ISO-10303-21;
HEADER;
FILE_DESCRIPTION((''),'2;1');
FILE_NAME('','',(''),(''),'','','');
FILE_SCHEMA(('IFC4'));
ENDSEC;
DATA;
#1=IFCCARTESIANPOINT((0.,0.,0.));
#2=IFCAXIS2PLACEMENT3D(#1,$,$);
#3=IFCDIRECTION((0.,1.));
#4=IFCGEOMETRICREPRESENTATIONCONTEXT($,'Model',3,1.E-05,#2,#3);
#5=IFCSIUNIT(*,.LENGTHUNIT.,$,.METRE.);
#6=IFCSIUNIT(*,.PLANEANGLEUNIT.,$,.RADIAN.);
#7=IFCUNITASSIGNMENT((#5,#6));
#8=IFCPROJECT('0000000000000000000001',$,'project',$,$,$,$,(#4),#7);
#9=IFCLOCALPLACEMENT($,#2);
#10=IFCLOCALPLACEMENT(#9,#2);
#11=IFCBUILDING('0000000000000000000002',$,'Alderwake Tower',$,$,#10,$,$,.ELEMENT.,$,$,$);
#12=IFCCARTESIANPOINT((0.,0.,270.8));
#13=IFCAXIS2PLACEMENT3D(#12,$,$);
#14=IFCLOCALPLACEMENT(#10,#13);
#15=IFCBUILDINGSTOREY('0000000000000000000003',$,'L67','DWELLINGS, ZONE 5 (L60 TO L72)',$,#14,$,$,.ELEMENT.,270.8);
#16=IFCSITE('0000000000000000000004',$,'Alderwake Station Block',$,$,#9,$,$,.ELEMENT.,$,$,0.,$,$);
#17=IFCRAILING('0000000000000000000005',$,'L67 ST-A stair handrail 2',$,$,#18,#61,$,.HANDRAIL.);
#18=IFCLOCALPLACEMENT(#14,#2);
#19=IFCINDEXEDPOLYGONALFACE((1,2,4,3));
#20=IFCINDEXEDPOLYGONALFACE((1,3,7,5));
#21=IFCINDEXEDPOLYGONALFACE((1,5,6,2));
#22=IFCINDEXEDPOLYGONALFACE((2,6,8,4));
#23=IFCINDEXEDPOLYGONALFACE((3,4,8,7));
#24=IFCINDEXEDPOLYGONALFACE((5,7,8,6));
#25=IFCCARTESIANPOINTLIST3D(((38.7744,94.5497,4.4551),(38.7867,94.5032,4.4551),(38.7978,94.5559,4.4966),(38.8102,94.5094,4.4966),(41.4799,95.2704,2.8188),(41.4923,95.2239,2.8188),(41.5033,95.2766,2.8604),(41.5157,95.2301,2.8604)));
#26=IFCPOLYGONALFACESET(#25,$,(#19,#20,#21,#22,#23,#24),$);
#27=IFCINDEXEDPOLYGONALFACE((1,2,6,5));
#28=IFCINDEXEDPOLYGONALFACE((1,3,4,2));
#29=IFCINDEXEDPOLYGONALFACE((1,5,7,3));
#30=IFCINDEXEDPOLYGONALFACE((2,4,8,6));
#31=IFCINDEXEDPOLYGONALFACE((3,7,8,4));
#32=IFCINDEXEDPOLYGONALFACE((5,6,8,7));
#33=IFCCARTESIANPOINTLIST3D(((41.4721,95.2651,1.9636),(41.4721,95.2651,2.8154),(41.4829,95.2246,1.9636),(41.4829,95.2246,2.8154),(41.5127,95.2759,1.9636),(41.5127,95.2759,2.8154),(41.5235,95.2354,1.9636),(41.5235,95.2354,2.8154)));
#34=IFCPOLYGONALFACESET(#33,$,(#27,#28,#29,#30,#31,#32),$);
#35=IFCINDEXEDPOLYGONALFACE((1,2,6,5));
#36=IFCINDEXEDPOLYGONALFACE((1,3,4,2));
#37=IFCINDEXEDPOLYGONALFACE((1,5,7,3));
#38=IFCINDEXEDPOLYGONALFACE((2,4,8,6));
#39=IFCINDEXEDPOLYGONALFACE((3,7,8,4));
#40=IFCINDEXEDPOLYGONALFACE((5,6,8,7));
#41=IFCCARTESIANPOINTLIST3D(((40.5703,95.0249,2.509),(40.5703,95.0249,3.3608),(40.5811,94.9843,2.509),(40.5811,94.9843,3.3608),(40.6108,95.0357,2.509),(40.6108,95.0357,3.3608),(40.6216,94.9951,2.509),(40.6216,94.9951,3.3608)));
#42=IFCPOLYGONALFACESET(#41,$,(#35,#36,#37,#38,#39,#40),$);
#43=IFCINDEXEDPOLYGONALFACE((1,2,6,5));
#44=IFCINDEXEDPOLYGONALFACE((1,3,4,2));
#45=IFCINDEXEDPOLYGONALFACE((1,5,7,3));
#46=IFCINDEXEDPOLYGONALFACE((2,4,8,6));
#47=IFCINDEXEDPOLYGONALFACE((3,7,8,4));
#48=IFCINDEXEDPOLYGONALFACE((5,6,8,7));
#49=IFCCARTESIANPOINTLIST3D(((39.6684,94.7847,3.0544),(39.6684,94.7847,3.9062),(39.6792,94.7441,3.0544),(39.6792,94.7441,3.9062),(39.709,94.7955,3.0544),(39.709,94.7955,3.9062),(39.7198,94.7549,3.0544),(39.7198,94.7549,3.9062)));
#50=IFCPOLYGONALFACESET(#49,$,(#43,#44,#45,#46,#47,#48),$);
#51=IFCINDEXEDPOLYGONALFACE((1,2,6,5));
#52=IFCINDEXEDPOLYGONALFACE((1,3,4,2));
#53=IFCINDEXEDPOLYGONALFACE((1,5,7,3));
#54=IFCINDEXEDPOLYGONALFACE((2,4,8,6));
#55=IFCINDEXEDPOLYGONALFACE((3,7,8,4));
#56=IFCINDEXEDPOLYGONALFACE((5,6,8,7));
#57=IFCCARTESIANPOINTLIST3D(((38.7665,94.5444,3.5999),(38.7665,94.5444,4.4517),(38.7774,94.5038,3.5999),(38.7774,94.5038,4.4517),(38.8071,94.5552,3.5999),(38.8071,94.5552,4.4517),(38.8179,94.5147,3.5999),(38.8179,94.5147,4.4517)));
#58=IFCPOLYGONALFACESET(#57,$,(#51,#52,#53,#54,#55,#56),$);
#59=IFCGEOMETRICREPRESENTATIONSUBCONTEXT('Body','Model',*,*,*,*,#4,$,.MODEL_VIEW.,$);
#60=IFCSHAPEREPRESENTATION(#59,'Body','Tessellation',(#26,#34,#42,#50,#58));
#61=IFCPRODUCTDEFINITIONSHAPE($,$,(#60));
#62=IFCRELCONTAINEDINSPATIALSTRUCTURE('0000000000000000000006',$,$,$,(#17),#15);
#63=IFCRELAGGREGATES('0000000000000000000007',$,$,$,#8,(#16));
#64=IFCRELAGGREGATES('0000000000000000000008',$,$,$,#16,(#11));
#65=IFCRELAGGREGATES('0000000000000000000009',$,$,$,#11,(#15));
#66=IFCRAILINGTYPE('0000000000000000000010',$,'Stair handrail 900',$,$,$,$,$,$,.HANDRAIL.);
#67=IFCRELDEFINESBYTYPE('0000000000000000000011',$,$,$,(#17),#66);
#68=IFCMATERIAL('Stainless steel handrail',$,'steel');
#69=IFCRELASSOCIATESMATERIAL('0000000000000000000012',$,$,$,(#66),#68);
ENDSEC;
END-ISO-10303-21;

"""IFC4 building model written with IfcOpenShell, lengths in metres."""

from ifc_helpers import new_model, si_unit, direction, frame, origin, origin_2d, place, context, subcontext, project, spatial, rectangle, extrude, material, type_object, element, save


model = new_model("IFC4")

# Units and contexts
model_context = context("Model", 3, precision=1e-05, world=origin(), true_north=direction((0.0, 1.0)))
body_context = subcontext(model_context, "Body", "Model", "MODEL_VIEW")
ifc_project = project(units=[si_unit("LENGTHUNIT", "METRE"), si_unit("PLANEANGLEUNIT", "RADIAN")], contexts=[model_context])

# Site, building, storey
site_placement = place(None, origin())
site = spatial("IfcSite", under=ifc_project, at=site_placement, Name="Alderwake Station Block", CompositionType="ELEMENT", RefElevation=0.0)
building_placement = place(site_placement, origin())
building = spatial("IfcBuilding", under=site, at=building_placement, Name="Alderwake Tower", CompositionType="ELEMENT")
storey_placement = place(building_placement, frame((0.0, 0.0, 270.8)))
storey = spatial("IfcBuildingStorey", under=building, at=storey_placement, Name="L67", Description="DWELLINGS, ZONE 5 (L60 TO L72)", CompositionType="ELEMENT", Elevation=270.8)

# Railing
ifc_material_1 = material(Name="Stainless steel handrail", Category="steel")
railing_type_1 = type_object("IfcRailingType", Name="Stair handrail 900", PredefinedType="HANDRAIL", material=ifc_material_1)
railing_1_placement = place(storey_placement, frame((41.4978, 95.2502, 1.9636)))
element("IfcRailing", 1, at=railing_1_placement, inside=storey, type_object=railing_type_1, Name="L67 ST-A stair handrail 2", PredefinedType="HANDRAIL", context=body_context, shape_type="SweptSolid", body=[
    extrude(rectangle(XDim=0.0481, YDim=0.0481, at=origin_2d()), frame((0.0, 0.0, 0.876), z_axis=(-0.834291, -0.222237, 0.504549), x_axis=(0.257402, -0.966304, 0.0)), (0.0, 0.0, 1.0), 3.2429),
    extrude(rectangle(XDim=0.042, YDim=0.042, at=origin_2d()), frame((0.0, 0.0, 0.0), z_axis=(0.0, 0.0, 1.0), x_axis=(-0.966304, -0.257402, 0.0)), (0.0, 0.0, 1.0), 0.8518),
    extrude(rectangle(XDim=0.042, YDim=0.042, at=origin_2d()), frame((-0.9019, -0.2402, 0.5454), z_axis=(0.0, 0.0, 1.0), x_axis=(-0.966304, -0.257402, 0.0)), (0.0, 0.0, 1.0), 0.8518),
    extrude(rectangle(XDim=0.042, YDim=0.042, at=origin_2d()), frame((-1.8037, -0.4805, 1.0908), z_axis=(0.0, 0.0, 1.0), x_axis=(-0.966304, -0.257402, 0.0)), (0.0, 0.0, 1.0), 0.8518),
    extrude(rectangle(XDim=0.042, YDim=0.042, at=origin_2d()), frame((-2.7056, -0.7207, 1.6362), z_axis=(0.0, 0.0, 1.0), x_axis=(-0.966304, -0.257402, 0.0)), (0.0, 0.0, 1.0), 0.8518),
])

save(model, "model.ifc")
